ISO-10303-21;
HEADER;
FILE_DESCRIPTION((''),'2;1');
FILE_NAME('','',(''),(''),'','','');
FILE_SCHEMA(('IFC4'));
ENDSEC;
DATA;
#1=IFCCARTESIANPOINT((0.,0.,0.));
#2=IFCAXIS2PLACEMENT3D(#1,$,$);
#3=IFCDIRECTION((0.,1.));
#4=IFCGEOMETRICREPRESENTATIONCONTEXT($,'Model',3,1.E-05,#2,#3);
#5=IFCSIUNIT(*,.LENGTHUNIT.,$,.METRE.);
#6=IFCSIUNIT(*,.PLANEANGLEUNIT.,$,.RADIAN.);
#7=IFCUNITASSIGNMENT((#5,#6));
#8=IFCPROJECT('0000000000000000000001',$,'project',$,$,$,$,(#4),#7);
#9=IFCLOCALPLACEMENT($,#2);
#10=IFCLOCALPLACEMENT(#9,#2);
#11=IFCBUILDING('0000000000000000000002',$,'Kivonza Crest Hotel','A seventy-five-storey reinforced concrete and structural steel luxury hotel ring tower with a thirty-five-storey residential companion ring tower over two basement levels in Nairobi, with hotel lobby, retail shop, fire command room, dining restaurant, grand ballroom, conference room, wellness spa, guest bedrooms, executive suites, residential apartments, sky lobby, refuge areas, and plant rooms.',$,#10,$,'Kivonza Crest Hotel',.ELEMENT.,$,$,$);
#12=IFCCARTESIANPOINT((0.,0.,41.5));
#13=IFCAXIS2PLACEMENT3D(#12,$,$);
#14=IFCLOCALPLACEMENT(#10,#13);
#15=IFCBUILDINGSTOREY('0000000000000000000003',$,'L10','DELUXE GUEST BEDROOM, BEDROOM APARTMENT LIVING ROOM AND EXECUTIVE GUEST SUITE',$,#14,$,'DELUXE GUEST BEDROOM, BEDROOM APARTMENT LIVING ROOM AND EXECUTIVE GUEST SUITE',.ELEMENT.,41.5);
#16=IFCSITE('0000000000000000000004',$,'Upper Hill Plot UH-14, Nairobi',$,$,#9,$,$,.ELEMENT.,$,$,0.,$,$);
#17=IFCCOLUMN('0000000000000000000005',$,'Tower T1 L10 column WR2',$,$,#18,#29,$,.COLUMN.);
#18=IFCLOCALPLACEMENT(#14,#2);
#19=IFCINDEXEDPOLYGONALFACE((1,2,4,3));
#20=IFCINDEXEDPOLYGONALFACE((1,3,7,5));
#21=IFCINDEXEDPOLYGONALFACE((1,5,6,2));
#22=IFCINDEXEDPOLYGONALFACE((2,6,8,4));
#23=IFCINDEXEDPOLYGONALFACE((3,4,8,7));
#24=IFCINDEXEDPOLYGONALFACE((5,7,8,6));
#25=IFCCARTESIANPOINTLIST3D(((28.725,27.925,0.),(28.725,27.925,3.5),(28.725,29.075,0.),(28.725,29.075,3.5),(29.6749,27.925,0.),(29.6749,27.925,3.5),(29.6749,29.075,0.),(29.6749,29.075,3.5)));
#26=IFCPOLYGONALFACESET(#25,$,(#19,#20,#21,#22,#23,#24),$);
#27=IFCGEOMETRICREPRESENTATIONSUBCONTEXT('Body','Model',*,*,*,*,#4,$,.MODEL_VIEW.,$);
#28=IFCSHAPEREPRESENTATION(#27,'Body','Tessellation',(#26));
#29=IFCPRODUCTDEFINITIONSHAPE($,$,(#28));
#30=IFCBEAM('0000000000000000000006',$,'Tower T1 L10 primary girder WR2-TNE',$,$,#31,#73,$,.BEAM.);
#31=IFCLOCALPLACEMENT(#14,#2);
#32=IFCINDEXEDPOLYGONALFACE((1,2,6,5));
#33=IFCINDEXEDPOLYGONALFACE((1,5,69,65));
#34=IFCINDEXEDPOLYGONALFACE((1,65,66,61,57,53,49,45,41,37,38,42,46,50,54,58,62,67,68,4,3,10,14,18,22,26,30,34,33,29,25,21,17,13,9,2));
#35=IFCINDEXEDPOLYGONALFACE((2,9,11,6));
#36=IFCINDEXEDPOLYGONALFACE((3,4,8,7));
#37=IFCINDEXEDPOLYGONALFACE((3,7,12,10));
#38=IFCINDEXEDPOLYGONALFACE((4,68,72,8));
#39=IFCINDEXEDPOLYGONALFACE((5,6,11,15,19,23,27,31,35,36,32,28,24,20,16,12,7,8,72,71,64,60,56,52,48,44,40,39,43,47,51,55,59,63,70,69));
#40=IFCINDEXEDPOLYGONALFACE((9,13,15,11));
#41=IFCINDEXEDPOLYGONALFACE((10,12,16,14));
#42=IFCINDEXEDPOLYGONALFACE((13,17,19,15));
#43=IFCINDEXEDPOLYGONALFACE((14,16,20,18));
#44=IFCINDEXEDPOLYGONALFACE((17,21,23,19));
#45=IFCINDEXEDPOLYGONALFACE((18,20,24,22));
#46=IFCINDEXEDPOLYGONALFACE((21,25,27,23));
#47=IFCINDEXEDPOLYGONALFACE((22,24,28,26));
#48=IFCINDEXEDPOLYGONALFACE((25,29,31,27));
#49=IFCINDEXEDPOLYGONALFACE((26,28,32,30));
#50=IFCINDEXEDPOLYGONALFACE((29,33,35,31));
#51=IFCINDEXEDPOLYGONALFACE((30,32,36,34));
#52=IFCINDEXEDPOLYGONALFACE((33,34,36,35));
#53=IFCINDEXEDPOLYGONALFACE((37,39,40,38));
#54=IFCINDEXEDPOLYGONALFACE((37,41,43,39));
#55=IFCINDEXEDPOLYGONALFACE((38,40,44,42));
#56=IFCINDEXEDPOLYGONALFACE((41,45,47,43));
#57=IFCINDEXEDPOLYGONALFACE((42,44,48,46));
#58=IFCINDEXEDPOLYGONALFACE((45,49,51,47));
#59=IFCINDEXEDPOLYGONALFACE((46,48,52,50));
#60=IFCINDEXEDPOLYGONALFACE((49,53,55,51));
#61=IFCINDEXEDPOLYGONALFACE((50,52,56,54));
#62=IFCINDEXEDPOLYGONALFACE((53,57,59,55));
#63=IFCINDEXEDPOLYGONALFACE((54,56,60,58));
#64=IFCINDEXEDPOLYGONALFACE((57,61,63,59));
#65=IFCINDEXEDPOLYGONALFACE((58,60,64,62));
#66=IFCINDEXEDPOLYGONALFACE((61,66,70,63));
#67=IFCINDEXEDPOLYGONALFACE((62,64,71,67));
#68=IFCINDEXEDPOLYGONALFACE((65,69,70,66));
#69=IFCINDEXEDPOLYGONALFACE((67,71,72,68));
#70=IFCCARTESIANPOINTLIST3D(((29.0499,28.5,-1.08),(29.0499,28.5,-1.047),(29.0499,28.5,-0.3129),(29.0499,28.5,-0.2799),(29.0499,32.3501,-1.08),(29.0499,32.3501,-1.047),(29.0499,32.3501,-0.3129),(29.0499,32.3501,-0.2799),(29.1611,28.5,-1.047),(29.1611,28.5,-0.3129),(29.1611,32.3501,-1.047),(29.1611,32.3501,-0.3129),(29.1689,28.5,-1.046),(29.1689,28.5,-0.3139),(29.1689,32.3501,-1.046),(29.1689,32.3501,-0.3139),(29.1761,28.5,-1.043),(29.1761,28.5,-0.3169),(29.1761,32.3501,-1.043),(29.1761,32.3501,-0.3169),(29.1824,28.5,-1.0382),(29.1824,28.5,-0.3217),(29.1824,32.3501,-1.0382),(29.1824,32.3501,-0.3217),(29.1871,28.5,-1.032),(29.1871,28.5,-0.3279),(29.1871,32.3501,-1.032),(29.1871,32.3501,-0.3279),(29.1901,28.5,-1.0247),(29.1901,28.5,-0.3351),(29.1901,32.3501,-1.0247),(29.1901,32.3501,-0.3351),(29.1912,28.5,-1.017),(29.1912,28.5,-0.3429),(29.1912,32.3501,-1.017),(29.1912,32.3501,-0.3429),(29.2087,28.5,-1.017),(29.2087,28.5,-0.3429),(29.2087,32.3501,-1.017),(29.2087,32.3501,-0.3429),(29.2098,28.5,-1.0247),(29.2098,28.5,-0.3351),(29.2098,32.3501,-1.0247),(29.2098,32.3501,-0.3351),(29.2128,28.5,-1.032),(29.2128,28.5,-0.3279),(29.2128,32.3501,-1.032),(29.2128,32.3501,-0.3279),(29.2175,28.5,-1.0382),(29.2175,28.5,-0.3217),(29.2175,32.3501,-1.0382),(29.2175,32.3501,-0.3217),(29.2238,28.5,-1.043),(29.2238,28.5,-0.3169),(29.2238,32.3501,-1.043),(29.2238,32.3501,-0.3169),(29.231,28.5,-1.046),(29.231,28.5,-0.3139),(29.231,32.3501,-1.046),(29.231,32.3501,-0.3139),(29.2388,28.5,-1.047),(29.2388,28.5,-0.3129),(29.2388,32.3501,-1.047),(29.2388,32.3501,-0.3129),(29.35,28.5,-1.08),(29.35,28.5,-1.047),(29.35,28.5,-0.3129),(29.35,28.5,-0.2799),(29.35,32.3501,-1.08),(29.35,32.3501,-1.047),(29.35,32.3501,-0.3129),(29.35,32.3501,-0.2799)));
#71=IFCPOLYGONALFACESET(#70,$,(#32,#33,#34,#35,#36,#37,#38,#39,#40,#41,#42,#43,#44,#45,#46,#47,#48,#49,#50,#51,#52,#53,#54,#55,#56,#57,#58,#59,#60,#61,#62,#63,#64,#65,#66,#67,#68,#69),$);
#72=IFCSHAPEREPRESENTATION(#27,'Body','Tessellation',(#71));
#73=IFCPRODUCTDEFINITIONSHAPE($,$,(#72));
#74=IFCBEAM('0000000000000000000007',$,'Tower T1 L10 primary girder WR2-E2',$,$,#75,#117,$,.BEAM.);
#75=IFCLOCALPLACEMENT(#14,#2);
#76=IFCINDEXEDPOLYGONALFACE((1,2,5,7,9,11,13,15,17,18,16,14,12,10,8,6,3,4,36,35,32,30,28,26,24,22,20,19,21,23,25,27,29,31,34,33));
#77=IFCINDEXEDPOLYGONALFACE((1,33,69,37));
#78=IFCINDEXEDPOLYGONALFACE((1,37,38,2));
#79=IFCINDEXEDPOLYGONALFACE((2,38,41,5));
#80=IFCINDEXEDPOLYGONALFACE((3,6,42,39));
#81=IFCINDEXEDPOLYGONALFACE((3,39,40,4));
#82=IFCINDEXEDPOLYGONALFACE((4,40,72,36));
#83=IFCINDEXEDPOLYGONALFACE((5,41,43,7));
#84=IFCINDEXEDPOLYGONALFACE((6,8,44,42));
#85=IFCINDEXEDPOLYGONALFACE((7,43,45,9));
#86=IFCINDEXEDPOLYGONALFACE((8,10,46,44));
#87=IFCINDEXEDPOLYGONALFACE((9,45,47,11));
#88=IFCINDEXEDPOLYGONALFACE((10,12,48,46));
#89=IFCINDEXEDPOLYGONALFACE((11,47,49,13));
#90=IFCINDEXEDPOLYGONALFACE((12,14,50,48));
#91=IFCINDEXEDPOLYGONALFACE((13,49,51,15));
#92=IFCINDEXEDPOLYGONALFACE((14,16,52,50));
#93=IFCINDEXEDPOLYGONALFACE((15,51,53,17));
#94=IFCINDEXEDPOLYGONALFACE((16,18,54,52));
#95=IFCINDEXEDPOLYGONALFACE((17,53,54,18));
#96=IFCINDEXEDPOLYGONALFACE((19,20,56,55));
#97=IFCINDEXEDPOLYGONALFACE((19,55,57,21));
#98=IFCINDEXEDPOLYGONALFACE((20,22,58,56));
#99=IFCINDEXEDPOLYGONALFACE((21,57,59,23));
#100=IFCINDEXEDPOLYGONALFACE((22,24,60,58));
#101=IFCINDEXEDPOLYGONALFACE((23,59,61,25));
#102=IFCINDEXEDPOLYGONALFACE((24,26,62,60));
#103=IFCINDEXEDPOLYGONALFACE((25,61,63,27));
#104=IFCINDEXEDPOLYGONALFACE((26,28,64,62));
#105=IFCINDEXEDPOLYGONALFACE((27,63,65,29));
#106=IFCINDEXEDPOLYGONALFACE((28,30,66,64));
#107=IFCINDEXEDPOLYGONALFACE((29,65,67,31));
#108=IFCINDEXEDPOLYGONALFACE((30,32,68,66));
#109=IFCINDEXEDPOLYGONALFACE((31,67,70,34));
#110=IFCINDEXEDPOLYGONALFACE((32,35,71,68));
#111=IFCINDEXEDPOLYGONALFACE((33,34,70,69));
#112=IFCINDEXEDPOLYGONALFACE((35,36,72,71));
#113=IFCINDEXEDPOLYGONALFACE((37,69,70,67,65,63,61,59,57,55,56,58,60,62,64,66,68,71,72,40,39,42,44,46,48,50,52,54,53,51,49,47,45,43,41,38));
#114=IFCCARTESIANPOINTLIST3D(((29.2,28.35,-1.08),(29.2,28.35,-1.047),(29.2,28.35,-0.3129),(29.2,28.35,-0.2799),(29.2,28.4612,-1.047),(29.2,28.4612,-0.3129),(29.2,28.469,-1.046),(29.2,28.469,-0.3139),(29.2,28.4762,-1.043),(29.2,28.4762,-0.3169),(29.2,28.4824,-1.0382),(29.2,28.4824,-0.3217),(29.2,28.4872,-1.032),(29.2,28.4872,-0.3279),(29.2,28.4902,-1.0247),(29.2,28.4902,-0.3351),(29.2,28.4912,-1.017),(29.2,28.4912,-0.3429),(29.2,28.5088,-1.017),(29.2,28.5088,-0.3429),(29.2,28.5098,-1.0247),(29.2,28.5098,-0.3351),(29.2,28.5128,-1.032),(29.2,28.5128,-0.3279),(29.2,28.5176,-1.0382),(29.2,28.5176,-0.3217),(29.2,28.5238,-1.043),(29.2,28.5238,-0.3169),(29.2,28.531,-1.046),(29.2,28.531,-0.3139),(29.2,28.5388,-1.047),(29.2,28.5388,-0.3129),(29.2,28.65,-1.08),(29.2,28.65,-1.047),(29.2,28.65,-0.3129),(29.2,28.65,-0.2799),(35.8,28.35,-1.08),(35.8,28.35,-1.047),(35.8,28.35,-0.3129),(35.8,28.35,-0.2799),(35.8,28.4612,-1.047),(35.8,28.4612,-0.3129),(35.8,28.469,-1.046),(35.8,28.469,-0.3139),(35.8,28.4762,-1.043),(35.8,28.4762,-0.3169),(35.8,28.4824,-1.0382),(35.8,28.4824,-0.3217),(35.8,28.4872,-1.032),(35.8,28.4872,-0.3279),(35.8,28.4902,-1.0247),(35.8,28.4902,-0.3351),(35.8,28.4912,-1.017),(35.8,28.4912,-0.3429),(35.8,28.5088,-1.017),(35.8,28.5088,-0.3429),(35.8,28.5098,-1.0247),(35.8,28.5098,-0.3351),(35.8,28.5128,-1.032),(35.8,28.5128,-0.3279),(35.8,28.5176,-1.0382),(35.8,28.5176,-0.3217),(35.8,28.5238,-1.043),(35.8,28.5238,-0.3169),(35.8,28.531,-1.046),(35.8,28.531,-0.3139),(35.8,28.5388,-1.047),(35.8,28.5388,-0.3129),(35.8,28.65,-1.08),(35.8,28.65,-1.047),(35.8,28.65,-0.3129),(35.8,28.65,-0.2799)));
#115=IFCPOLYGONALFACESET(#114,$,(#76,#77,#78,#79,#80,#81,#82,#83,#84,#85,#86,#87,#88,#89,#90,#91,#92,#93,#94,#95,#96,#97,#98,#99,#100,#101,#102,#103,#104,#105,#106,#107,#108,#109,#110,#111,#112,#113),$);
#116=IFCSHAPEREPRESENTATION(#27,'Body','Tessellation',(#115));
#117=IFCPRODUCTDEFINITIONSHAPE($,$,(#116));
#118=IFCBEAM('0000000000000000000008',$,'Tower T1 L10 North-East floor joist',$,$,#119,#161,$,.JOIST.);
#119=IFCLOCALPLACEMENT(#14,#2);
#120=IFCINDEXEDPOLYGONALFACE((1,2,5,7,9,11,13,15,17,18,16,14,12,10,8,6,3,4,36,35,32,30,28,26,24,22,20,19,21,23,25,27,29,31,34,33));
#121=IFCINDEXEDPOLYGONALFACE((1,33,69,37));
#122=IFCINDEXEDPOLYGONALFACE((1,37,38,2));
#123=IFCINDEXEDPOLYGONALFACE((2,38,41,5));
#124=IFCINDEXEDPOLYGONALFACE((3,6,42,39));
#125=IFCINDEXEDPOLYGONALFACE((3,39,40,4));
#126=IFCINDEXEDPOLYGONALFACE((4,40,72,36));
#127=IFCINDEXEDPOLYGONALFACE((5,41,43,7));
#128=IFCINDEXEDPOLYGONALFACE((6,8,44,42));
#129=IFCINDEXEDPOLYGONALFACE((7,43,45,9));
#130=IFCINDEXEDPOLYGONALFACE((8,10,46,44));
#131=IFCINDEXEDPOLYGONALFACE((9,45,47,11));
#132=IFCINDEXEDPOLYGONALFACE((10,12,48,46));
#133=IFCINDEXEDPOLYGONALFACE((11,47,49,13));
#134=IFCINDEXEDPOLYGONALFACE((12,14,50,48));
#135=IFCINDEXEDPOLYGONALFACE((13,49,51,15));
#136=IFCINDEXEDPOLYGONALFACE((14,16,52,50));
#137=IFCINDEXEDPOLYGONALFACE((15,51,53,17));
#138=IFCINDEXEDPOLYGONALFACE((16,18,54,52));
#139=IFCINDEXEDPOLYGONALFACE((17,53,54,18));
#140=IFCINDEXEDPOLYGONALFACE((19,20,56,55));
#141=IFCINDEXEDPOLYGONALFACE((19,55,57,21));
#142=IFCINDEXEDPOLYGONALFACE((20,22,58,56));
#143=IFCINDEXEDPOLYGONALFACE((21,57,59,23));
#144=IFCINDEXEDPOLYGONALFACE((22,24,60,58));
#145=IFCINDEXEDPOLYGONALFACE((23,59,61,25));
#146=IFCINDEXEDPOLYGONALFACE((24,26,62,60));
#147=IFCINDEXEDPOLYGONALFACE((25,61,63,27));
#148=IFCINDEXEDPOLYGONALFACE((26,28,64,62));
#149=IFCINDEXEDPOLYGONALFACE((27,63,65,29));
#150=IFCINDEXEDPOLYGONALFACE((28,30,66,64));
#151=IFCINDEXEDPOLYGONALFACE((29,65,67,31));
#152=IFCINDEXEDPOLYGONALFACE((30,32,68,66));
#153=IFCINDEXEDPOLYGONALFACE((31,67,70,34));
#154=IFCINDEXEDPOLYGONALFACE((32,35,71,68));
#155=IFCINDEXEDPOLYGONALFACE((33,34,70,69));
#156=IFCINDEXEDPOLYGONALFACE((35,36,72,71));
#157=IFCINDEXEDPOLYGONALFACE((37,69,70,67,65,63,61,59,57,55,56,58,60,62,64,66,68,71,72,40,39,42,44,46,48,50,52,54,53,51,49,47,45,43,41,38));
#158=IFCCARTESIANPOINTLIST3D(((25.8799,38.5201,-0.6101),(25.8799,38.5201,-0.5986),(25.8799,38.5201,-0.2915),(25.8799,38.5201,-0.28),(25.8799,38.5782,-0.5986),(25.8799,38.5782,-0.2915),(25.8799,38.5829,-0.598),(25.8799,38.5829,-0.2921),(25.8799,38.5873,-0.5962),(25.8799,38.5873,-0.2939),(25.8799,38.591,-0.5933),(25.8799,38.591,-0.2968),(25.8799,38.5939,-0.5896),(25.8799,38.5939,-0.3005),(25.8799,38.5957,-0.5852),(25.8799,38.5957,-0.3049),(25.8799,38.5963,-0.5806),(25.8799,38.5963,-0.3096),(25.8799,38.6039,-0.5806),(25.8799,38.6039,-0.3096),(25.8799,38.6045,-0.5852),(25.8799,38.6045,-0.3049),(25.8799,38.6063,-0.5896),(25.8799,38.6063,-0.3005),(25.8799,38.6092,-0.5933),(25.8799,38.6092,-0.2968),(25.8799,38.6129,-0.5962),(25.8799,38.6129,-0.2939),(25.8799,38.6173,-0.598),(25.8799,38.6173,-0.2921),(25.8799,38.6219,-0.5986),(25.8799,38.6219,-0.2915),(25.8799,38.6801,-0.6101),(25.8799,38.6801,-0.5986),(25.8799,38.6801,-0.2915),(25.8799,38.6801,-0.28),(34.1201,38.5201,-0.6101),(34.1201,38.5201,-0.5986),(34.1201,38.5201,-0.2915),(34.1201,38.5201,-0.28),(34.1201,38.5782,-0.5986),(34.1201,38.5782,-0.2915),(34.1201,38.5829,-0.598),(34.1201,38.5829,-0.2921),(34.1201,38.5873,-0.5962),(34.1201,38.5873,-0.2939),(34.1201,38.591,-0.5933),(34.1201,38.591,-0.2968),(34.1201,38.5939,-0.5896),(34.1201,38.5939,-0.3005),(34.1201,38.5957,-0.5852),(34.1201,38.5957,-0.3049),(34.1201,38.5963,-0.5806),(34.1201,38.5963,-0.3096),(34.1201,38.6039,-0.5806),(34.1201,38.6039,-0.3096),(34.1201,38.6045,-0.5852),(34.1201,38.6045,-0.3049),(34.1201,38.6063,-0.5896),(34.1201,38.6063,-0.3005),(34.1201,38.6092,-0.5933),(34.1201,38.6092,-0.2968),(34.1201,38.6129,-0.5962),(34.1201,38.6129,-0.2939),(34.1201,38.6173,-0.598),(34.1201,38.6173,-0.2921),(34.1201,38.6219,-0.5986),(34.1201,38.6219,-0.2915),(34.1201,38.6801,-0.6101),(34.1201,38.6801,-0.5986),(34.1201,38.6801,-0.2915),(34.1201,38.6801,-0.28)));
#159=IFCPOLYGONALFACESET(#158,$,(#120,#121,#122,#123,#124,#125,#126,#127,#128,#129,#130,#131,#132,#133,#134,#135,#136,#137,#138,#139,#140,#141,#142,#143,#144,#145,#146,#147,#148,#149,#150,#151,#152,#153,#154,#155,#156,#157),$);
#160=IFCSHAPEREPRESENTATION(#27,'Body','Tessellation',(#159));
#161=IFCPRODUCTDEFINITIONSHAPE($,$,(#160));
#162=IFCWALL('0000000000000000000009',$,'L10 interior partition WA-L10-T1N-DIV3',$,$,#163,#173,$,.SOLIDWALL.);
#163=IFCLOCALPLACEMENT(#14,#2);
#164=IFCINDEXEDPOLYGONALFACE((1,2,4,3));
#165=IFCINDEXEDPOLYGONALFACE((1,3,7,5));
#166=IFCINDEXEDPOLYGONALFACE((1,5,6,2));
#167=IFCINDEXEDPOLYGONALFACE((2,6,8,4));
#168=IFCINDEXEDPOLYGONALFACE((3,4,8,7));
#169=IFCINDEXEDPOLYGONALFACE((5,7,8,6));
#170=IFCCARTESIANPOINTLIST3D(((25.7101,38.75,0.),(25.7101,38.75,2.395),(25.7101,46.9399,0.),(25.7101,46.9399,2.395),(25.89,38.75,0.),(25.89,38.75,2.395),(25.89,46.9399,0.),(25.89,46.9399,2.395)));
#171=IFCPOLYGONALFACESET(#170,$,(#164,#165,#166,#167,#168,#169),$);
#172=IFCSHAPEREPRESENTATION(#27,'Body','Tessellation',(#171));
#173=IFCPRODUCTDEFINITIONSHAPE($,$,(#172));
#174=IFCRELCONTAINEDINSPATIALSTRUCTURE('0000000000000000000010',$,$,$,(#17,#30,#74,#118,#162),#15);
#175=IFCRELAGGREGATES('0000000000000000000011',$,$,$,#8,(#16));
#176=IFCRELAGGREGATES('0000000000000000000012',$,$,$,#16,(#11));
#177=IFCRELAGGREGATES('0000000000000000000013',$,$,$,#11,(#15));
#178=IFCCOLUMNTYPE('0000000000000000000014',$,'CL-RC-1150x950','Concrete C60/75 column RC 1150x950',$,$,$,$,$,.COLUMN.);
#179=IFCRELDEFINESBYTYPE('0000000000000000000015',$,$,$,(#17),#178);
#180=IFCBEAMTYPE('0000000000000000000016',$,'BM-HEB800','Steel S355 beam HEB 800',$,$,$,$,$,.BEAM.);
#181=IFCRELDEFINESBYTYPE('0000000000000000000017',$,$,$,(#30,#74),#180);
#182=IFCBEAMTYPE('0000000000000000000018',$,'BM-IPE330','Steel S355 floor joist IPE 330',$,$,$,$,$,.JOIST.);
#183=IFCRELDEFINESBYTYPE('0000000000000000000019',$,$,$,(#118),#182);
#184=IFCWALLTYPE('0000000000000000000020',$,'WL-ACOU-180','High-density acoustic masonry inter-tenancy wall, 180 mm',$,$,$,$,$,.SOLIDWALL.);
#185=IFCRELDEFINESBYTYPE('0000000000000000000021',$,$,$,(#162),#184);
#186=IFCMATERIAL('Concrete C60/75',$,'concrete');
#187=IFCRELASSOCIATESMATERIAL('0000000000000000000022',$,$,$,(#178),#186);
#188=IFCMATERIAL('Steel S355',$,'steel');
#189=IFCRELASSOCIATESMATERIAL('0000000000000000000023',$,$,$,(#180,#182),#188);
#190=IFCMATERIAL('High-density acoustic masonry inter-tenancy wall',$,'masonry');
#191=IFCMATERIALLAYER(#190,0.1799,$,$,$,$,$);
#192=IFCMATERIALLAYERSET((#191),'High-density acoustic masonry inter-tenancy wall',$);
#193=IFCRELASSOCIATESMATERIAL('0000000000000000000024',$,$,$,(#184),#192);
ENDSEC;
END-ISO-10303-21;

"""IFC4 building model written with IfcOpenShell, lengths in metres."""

from ifc_helpers import new_model, si_unit, direction, frame, frame_2d, origin, origin_2d, place, context, subcontext, project, spatial, rectangle, i_section, extrude, material, layer, layer_set, material_profile, profile_set, type_object, element, save


model = new_model("IFC4")

# Units and contexts
model_context = context("Model", 3, precision=1e-05, world=origin(), true_north=direction((0.0, 1.0)))
body_context = subcontext(model_context, "Body", "Model", "MODEL_VIEW")
ifc_project = project(units=[si_unit("LENGTHUNIT", "METRE"), si_unit("PLANEANGLEUNIT", "RADIAN")], contexts=[model_context])

# Site, building, storey
site_placement = place(None, origin())
site = spatial("IfcSite", under=ifc_project, at=site_placement, Name="Upper Hill Plot UH-14, Nairobi", CompositionType="ELEMENT", RefElevation=0.0)
building_placement = place(site_placement, origin())
building = spatial("IfcBuilding", under=site, at=building_placement, Name="Kivonza Crest Hotel", Description="A seventy-five-storey reinforced concrete and structural steel luxury hotel ring tower with a thirty-five-storey residential companion ring tower over two basement levels in Nairobi, with hotel lobby, retail shop, fire command room, dining restaurant, grand ballroom, conference room, wellness spa, guest bedrooms, executive suites, residential apartments, sky lobby, refuge areas, and plant rooms.", LongName="Kivonza Crest Hotel", CompositionType="ELEMENT")
storey_placement = place(building_placement, frame((0.0, 0.0, 41.5)))
storey = spatial("IfcBuildingStorey", under=building, at=storey_placement, Name="L10", Description="DELUXE GUEST BEDROOM, BEDROOM APARTMENT LIVING ROOM AND EXECUTIVE GUEST SUITE", LongName="DELUXE GUEST BEDROOM, BEDROOM APARTMENT LIVING ROOM AND EXECUTIVE GUEST SUITE", CompositionType="ELEMENT", Elevation=41.5)

# Column
ifc_material_1 = material(Name="Concrete C60/75", Category="concrete")
ifc_material_profile_1 = material_profile(ifc_material_1, rectangle(XDim=0.95, YDim=1.1499, at=origin_2d()), Name="RC 1150x950")
ifc_profile_set_1 = profile_set([ifc_material_profile_1], Name="Concrete C60/75")
column_type = type_object("IfcColumnType", Name="CL-RC-1150x950", Description="Concrete C60/75 column RC 1150x950", PredefinedType="COLUMN", material=ifc_profile_set_1)
column_placement = place(storey_placement, frame((29.2, 28.5, 0.0), z_axis=(0.0, 0.0, 1.0), x_axis=(1.0, 0.0, 0.0)))
element("IfcColumn", 1, at=column_placement, inside=storey, type_object=column_type, Name="Tower T1 L10 column WR2", PredefinedType="COLUMN", context=body_context, shape_type="SweptSolid", body=[
    extrude(rectangle(XDim=0.95, YDim=1.1499, at=origin_2d()), origin(), (0.0, 0.0, 1.0), 3.5),
])

# Beams
ifc_material_2 = material(Name="Steel S355", Category="steel")
ifc_material_profile_2 = material_profile(ifc_material_2, i_section(OverallWidth=0.3, OverallDepth=0.8, WebThickness=0.0176, FlangeThickness=0.033, FilletRadius=0.03, at=origin_2d()), Name="HEB 800")
ifc_profile_set_2 = profile_set([ifc_material_profile_2], Name="Steel S355")
beam_type_1 = type_object("IfcBeamType", Name="BM-HEB800", Description="Steel S355 beam HEB 800", PredefinedType="BEAM", material=ifc_profile_set_2)
beam_1_placement = place(storey_placement, frame((29.2, 28.5, -0.6799), z_axis=(0.0, 1.0, 0.0), x_axis=(-1.0, 0.0, 0.0)))
element("IfcBeam", 2, at=beam_1_placement, inside=storey, type_object=beam_type_1, Name="Tower T1 L10 primary girder WR2-TNE", PredefinedType="BEAM", context=body_context, shape_type="SweptSolid", body=[
    extrude(i_section(OverallWidth=0.3, OverallDepth=0.8, WebThickness=0.0176, FlangeThickness=0.033, FilletRadius=0.03, at=origin_2d()), origin(), (0.0, 0.0, 1.0), 3.8501),
])
beam_2_placement = place(storey_placement, frame((29.2, 28.5, -0.6799), z_axis=(1.0, 0.0, 0.0), x_axis=(0.0, 1.0, 0.0)))
element("IfcBeam", 3, at=beam_2_placement, inside=storey, type_object=beam_type_1, Name="Tower T1 L10 primary girder WR2-E2", PredefinedType="BEAM", context=body_context, shape_type="SweptSolid", body=[
    extrude(i_section(OverallWidth=0.3, OverallDepth=0.8, WebThickness=0.0176, FlangeThickness=0.033, FilletRadius=0.03, at=origin_2d()), origin(), (0.0, 0.0, 1.0), 6.6001),
])
ifc_material_profile_3 = material_profile(ifc_material_2, i_section(OverallWidth=0.1599, OverallDepth=0.3301, WebThickness=0.0076, FlangeThickness=0.0115, FilletRadius=0.0181, at=origin_2d()), Name="IPE 330")
ifc_profile_set_3 = profile_set([ifc_material_profile_3], Name="Steel S355")
beam_type_2 = type_object("IfcBeamType", Name="BM-IPE330", Description="Steel S355 floor joist IPE 330", PredefinedType="JOIST", material=ifc_profile_set_3)
beam_3_placement = place(storey_placement, frame((25.8799, 38.6001, -0.4451), z_axis=(1.0, 0.0, 0.0), x_axis=(0.0, 1.0, 0.0)))
element("IfcBeam", 4, at=beam_3_placement, inside=storey, type_object=beam_type_2, Name="Tower T1 L10 North-East floor joist", PredefinedType="JOIST", context=body_context, shape_type="SweptSolid", body=[
    extrude(i_section(OverallWidth=0.1599, OverallDepth=0.3301, WebThickness=0.0076, FlangeThickness=0.0115, FilletRadius=0.0181, at=origin_2d()), origin(), (0.0, 0.0, 1.0), 8.2402),
])

# Wall
ifc_material_3 = material(Name="High-density acoustic masonry inter-tenancy wall", Category="masonry")
ifc_layer_1 = layer(ifc_material_3, 0.1799)
ifc_layer_set_1 = layer_set([ifc_layer_1], Name="High-density acoustic masonry inter-tenancy wall")
wall_type_1 = type_object("IfcWallType", Name="WL-ACOU-180", Description="High-density acoustic masonry inter-tenancy wall, 180 mm", PredefinedType="SOLIDWALL", material=ifc_layer_set_1)
wall_1_placement = place(storey_placement, frame((25.8, 38.75, 0.0), z_axis=(0.0, 0.0, 1.0), x_axis=(0.0, 1.0, 0.0)))
element("IfcWall", 5, at=wall_1_placement, inside=storey, type_object=wall_type_1, Name="L10 interior partition WA-L10-T1N-DIV3", PredefinedType="SOLIDWALL", context=body_context, shape_type="SweptSolid", body=[
    extrude(rectangle(XDim=8.1899, YDim=0.1799, at=frame_2d((4.095, 0.0))), origin(), (0.0, 0.0, 1.0), 2.395),
])

save(model, "model.ifc")
